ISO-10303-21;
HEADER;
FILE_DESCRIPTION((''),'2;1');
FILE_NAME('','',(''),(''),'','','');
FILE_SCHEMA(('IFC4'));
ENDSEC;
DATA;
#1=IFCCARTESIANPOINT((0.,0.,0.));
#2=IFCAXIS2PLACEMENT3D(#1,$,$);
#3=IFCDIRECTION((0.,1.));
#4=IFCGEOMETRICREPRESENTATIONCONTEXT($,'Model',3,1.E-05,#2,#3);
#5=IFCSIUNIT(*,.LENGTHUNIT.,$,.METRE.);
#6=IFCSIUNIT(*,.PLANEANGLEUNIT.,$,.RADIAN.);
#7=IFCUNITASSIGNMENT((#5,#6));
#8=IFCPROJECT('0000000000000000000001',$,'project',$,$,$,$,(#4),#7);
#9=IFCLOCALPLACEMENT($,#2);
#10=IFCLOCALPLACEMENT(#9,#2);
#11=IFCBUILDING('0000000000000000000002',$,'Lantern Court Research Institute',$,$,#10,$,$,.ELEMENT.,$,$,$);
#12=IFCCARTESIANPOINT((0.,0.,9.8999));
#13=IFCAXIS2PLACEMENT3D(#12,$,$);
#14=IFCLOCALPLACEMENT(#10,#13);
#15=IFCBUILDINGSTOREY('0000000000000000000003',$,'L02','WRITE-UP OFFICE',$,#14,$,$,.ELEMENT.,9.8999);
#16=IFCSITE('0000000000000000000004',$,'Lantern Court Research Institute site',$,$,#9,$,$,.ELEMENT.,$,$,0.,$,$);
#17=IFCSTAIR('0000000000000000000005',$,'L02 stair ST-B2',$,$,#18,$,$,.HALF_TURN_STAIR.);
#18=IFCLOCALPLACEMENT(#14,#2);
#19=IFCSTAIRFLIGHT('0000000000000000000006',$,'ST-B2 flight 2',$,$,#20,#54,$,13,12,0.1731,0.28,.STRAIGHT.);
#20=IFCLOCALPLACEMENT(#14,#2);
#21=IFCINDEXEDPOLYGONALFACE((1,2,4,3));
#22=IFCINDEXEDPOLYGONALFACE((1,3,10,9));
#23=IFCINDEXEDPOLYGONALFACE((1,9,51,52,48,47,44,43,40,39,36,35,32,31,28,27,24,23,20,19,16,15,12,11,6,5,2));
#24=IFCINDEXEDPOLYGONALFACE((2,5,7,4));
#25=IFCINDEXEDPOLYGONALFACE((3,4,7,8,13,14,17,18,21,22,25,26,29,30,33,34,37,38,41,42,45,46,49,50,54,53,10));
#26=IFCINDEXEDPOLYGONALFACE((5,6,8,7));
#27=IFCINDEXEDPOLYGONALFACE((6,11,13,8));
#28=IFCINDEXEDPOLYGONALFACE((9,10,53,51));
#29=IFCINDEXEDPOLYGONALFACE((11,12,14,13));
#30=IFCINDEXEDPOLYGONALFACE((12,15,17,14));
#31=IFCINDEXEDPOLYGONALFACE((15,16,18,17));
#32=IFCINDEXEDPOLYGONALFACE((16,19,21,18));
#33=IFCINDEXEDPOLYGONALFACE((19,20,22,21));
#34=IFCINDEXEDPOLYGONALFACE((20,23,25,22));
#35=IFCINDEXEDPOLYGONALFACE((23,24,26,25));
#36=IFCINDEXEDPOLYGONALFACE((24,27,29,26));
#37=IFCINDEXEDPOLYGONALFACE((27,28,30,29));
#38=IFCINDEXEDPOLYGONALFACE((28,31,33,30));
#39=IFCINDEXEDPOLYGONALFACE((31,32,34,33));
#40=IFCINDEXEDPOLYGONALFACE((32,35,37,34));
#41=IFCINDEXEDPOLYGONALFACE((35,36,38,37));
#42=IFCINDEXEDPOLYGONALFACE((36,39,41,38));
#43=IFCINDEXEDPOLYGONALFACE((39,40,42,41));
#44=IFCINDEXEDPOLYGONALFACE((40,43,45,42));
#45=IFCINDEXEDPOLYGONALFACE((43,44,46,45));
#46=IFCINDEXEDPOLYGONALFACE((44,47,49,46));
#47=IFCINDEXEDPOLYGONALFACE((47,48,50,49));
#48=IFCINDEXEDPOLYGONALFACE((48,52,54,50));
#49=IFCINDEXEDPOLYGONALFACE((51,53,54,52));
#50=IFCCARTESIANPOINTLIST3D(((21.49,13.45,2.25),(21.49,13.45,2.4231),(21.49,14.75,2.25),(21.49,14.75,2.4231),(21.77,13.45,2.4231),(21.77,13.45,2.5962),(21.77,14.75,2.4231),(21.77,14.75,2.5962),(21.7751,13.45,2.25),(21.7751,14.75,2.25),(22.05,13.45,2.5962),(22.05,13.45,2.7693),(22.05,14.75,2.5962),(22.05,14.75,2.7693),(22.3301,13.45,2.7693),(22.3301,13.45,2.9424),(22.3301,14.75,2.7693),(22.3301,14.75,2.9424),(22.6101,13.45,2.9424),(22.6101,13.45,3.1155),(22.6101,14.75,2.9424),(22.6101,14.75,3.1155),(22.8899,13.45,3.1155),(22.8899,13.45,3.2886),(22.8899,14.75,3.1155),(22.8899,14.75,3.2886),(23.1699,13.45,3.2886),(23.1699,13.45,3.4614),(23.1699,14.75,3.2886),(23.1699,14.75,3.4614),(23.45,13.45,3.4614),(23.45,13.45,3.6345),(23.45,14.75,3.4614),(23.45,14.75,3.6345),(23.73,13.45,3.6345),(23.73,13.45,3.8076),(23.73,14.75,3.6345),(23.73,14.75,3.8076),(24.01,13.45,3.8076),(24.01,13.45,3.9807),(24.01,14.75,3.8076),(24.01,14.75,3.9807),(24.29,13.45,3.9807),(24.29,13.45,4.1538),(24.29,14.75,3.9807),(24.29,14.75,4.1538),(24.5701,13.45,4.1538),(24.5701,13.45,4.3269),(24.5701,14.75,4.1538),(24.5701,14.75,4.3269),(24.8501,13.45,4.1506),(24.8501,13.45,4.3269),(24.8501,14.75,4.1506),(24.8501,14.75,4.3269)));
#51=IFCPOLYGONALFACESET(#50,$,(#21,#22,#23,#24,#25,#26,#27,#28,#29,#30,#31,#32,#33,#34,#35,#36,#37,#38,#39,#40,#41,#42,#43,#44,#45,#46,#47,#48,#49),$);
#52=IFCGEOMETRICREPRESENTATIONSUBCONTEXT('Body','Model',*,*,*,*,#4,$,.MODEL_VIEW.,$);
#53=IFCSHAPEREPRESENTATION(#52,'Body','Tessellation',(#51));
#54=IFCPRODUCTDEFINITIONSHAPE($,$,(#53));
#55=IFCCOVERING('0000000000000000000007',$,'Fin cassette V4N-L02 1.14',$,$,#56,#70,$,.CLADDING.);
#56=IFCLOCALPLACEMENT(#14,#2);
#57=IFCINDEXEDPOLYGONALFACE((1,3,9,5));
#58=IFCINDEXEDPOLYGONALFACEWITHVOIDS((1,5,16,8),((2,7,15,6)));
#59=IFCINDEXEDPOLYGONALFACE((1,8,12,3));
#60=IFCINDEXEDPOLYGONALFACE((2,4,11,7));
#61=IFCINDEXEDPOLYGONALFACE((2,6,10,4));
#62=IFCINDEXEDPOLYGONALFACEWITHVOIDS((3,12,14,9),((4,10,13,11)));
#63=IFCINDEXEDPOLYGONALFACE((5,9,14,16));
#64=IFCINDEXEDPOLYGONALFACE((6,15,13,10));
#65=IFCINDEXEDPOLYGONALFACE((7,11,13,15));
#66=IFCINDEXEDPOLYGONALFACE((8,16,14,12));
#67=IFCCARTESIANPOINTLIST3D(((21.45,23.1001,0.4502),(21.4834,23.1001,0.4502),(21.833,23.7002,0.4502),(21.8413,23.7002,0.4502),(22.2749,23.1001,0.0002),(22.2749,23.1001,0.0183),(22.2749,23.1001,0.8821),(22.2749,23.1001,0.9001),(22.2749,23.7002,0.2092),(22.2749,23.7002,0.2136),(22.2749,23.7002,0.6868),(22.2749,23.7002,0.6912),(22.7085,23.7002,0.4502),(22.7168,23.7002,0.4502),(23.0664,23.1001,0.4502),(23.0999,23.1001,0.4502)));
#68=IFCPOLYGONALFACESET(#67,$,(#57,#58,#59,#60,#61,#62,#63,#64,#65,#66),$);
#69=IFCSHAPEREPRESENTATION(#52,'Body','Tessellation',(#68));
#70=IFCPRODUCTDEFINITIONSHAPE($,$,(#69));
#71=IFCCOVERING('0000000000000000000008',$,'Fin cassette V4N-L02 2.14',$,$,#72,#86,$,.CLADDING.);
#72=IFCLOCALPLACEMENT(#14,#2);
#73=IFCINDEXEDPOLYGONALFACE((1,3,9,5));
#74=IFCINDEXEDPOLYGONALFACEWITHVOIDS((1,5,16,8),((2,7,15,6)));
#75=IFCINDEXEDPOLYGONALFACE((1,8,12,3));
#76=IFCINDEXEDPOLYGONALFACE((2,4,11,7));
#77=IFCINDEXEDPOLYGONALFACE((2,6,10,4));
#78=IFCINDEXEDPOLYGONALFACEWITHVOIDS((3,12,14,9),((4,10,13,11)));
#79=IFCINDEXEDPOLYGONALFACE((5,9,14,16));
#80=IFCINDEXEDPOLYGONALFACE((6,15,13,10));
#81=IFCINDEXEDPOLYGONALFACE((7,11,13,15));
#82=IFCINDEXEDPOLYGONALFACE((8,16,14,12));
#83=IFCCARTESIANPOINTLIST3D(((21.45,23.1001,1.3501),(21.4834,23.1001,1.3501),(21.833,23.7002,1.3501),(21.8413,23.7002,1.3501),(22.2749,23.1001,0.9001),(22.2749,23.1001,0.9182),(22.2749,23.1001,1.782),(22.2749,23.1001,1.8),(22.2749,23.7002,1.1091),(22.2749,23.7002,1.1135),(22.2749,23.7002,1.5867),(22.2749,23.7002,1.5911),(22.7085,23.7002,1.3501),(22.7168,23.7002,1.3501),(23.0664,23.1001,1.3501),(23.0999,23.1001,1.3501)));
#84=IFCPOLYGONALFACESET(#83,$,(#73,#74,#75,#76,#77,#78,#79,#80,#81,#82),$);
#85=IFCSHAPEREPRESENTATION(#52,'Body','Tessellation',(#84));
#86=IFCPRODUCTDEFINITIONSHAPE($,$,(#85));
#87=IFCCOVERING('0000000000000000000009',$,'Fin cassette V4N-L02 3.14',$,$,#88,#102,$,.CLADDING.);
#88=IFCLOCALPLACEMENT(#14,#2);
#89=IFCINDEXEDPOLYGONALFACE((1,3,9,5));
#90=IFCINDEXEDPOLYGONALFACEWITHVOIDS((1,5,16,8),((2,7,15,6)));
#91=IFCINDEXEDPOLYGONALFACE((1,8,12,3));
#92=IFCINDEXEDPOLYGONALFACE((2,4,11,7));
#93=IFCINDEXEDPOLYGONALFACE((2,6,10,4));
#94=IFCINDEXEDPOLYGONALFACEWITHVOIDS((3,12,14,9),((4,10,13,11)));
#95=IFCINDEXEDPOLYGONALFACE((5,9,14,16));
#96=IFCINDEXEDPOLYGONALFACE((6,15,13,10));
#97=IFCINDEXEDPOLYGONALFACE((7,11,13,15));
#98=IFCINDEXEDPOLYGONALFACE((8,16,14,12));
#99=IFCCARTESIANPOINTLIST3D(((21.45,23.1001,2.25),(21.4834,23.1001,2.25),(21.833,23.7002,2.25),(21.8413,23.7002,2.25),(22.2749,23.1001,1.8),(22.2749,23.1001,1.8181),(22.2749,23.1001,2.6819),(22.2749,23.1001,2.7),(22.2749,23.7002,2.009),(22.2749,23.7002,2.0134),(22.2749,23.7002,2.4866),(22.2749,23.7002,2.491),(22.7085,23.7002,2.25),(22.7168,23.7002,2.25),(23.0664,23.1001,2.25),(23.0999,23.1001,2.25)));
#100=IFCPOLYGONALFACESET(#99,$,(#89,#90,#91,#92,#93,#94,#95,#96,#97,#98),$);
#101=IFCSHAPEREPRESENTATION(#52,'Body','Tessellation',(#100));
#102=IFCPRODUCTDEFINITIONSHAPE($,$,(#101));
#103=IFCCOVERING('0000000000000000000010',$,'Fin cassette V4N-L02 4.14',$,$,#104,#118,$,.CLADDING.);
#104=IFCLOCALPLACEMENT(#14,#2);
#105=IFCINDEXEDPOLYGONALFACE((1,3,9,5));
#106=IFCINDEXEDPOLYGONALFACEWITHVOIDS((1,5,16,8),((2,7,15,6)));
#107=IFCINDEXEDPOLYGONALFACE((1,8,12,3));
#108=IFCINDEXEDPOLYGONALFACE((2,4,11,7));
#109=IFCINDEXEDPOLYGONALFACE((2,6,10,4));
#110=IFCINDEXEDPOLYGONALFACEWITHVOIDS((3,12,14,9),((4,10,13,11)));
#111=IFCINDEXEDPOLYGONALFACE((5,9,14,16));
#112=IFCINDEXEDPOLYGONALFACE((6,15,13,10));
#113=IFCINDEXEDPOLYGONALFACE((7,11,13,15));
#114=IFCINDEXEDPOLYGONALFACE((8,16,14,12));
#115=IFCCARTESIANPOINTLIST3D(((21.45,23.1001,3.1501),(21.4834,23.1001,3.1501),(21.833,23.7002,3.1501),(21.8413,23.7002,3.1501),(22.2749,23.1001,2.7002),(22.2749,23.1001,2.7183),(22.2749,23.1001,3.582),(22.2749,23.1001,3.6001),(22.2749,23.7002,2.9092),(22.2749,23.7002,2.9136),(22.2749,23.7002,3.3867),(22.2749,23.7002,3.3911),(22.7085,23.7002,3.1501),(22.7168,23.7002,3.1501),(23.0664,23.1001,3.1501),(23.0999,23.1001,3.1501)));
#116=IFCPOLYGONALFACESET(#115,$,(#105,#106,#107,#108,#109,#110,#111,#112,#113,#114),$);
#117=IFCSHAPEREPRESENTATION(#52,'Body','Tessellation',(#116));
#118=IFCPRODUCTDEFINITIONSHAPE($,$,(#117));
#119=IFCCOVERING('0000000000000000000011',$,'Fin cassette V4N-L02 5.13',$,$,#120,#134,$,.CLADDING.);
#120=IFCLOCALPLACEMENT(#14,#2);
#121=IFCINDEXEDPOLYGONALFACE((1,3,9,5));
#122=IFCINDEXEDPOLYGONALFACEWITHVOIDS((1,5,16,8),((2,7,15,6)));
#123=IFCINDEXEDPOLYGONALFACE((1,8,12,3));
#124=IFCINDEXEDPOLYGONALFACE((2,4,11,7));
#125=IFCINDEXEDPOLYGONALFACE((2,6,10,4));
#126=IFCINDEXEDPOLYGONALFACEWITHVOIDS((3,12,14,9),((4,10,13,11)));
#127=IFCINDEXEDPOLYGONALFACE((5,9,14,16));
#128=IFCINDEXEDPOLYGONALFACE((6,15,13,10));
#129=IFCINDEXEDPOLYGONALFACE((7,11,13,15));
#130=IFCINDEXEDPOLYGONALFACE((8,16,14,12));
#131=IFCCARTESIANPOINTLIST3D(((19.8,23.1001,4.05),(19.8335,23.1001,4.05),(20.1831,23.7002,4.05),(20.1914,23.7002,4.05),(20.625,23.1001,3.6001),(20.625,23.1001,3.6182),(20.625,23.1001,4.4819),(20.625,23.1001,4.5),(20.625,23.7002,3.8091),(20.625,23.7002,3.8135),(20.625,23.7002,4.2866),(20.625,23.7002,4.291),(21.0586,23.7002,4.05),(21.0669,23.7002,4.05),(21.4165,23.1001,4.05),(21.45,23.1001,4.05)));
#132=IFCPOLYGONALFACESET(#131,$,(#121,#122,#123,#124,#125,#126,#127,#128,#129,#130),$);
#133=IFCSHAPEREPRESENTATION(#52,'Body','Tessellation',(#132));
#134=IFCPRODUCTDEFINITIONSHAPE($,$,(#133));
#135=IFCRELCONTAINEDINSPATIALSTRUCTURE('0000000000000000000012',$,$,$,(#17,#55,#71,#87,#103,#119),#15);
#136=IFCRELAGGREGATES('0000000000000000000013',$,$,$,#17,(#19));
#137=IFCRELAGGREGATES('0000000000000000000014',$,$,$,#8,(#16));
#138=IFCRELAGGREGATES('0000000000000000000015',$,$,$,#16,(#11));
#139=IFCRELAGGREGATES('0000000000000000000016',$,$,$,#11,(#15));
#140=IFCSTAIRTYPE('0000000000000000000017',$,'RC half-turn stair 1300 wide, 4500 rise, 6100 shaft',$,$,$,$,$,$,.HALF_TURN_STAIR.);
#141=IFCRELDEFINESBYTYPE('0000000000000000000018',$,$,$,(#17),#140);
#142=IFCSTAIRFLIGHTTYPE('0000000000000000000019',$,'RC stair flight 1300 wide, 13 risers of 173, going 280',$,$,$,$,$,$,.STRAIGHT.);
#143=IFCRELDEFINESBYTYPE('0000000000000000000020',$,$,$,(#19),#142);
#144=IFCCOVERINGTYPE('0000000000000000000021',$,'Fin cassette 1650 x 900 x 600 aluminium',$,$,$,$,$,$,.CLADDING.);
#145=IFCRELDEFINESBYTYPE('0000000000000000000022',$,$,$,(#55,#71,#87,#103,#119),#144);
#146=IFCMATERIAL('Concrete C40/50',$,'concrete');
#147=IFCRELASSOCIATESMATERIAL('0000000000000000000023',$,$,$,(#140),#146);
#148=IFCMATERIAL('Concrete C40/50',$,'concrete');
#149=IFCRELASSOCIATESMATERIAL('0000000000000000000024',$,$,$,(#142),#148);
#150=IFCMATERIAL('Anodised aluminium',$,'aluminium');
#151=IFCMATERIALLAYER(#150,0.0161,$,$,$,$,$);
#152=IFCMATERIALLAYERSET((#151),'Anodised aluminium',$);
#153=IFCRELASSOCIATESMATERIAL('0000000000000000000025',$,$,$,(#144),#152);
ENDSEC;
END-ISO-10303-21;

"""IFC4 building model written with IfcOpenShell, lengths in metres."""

from ifc_helpers import new_model, entity, si_unit, direction, frame, origin, place, context, subcontext, project, spatial, polyline, outline, extrude, material, layer, layer_set, type_object, element, aggregate, save


model = new_model("IFC4")

# Units and contexts
model_context = context("Model", 3, precision=1e-05, world=origin(), true_north=direction((0.0, 1.0)))
body_context = subcontext(model_context, "Body", "Model", "MODEL_VIEW")
ifc_project = project(units=[si_unit("LENGTHUNIT", "METRE"), si_unit("PLANEANGLEUNIT", "RADIAN")], contexts=[model_context])

# Site, building, storey
site_placement = place(None, origin())
site = spatial("IfcSite", under=ifc_project, at=site_placement, Name="Lantern Court Research Institute site", CompositionType="ELEMENT", RefElevation=0.0)
building_placement = place(site_placement, origin())
building = spatial("IfcBuilding", under=site, at=building_placement, Name="Lantern Court Research Institute", CompositionType="ELEMENT")
storey_placement = place(building_placement, frame((0.0, 0.0, 9.8999)))
storey = spatial("IfcBuildingStorey", under=building, at=storey_placement, Name="L02", Description="WRITE-UP OFFICE", CompositionType="ELEMENT", Elevation=9.8999)

# Stair, stair flight
ifc_material_1 = material(Name="Concrete C40/50", Category="concrete")
stair_type = type_object("IfcStairType", Name="RC half-turn stair 1300 wide, 4500 rise, 6100 shaft", PredefinedType="HALF_TURN_STAIR", material=ifc_material_1)
stair_placement = place(storey_placement, origin())
stair = element("IfcStair", 1, at=stair_placement, inside=storey, type_object=stair_type, Name="L02 stair ST-B2", PredefinedType="HALF_TURN_STAIR")
ifc_material_2 = material(Name="Concrete C40/50", Category="concrete")
stair_flight_type = type_object("IfcStairFlightType", Name="RC stair flight 1300 wide, 13 risers of 173, going 280", PredefinedType="STRAIGHT", material=ifc_material_2)
stair_flight_1_placement = place(storey_placement, frame((21.49, 14.1001, 2.25), z_axis=(0.0, 0.0, 1.0), x_axis=(1.0, 0.0, 0.0)))
stair_flight_1 = element("IfcStairFlight", 2, at=stair_flight_1_placement, type_object=stair_flight_type, Name="ST-B2 flight 2", NumberOfRisers=13, NumberOfTreads=12, PredefinedType="STRAIGHT", RiserHeight=0.1731, TreadLength=0.28, context=body_context, shape_type="SweptSolid", body=[
    extrude(outline(polyline([(0.0, 0.0), (0.0, 0.1731), (0.28, 0.1731), (0.28, 0.3462), (0.5601, 0.3462), (0.5601, 0.5193), (0.8401, 0.5193), (0.8401, 0.6924), (1.1201, 0.6924), (1.1201, 0.8655), (1.3999, 0.8655), (1.3999, 1.0386), (1.6799, 1.0386), (1.6799, 1.2114), (1.96, 1.2114), (1.96, 1.3845), (2.24, 1.3845), (2.24, 1.5576), (2.52, 1.5576), (2.52, 1.7307), (2.8, 1.7307), (2.8, 1.9038), (3.0801, 1.9038), (3.0801, 2.0769), (3.3601, 2.0769), (3.3601, 2.25), (3.3601, 1.9006), (0.2852, 0.0), (0.0, 0.0)])), frame((0.0, 0.6499, 0.0), z_axis=(0.0, -1.0, 0.0), x_axis=(1.0, 0.0, 0.0)), (0.0, 0.0, 1.0), 1.3),
])
aggregate(stair, [stair_flight_1])

# Coverings
ifc_material_3 = material(Name="Anodised aluminium", Category="aluminium")
ifc_layer_1 = layer(ifc_material_3, 0.0161)
ifc_layer_set_1 = layer_set([ifc_layer_1], Name="Anodised aluminium")
covering_type = type_object("IfcCoveringType", Name="Fin cassette 1650 x 900 x 600 aluminium", PredefinedType="CLADDING", material=ifc_layer_set_1)
covering_1_placement = place(storey_placement, frame((22.2749, 23.1001, 0.4502), z_axis=(0.0, 1.0, 0.0), x_axis=(-1.0, 0.0, 0.0)))
cartesian_point_1 = entity("IfcCartesianPoint", [0.825, 0.0])
cartesian_point_2 = entity("IfcCartesianPoint", [0.7915, 0.0])
cartesian_point_3 = entity("IfcCartesianPoint", [0.4419, 0.0])
cartesian_point_4 = entity("IfcCartesianPoint", [0.4336, 0.0])
element("IfcCovering", 3, at=covering_1_placement, inside=storey, type_object=covering_type, Name="Fin cassette V4N-L02 1.14", PredefinedType="CLADDING", context=body_context, shape_type="SweptSolid", body=[
    entity("IfcExtrudedAreaSolidTapered", entity("IfcArbitraryProfileDefWithVoids", "AREA", None, entity("IfcPolyline", [cartesian_point_1, entity("IfcCartesianPoint", [0.0, 0.45]), entity("IfcCartesianPoint", [-0.825, 0.0]), entity("IfcCartesianPoint", [0.0, -0.45]), cartesian_point_1]), [entity("IfcPolyline", [cartesian_point_2, entity("IfcCartesianPoint", [0.0, 0.4319]), entity("IfcCartesianPoint", [-0.7915, 0.0]), entity("IfcCartesianPoint", [0.0, -0.4319]), cartesian_point_2])]), entity("IfcAxis2Placement3D", entity("IfcCartesianPoint", [0.0, 0.0, 0.0])), entity("IfcDirection", [0.0, 0.0, 1.0]), 0.6001, entity("IfcArbitraryProfileDefWithVoids", "AREA", None, entity("IfcPolyline", [cartesian_point_3, entity("IfcCartesianPoint", [0.0, 0.241]), entity("IfcCartesianPoint", [-0.4419, 0.0]), entity("IfcCartesianPoint", [0.0, -0.241]), cartesian_point_3]), [entity("IfcPolyline", [cartesian_point_4, entity("IfcCartesianPoint", [0.0, 0.2366]), entity("IfcCartesianPoint", [-0.4336, 0.0]), entity("IfcCartesianPoint", [0.0, -0.2366]), cartesian_point_4])])),
])
covering_2_placement = place(storey_placement, frame((22.2749, 23.1001, 1.3501), z_axis=(0.0, 1.0, 0.0), x_axis=(-1.0, 0.0, 0.0)))
cartesian_point_5 = entity("IfcCartesianPoint", [0.825, 0.0])
cartesian_point_6 = entity("IfcCartesianPoint", [0.7915, 0.0])
cartesian_point_7 = entity("IfcCartesianPoint", [0.4419, 0.0])
cartesian_point_8 = entity("IfcCartesianPoint", [0.4336, 0.0])
element("IfcCovering", 4, at=covering_2_placement, inside=storey, type_object=covering_type, Name="Fin cassette V4N-L02 2.14", PredefinedType="CLADDING", context=body_context, shape_type="SweptSolid", body=[
    entity("IfcExtrudedAreaSolidTapered", entity("IfcArbitraryProfileDefWithVoids", "AREA", None, entity("IfcPolyline", [cartesian_point_5, entity("IfcCartesianPoint", [0.0, 0.45]), entity("IfcCartesianPoint", [-0.825, 0.0]), entity("IfcCartesianPoint", [0.0, -0.45]), cartesian_point_5]), [entity("IfcPolyline", [cartesian_point_6, entity("IfcCartesianPoint", [0.0, 0.4319]), entity("IfcCartesianPoint", [-0.7915, 0.0]), entity("IfcCartesianPoint", [0.0, -0.4319]), cartesian_point_6])]), entity("IfcAxis2Placement3D", entity("IfcCartesianPoint", [0.0, 0.0, 0.0])), entity("IfcDirection", [0.0, 0.0, 1.0]), 0.6001, entity("IfcArbitraryProfileDefWithVoids", "AREA", None, entity("IfcPolyline", [cartesian_point_7, entity("IfcCartesianPoint", [0.0, 0.241]), entity("IfcCartesianPoint", [-0.4419, 0.0]), entity("IfcCartesianPoint", [0.0, -0.241]), cartesian_point_7]), [entity("IfcPolyline", [cartesian_point_8, entity("IfcCartesianPoint", [0.0, 0.2366]), entity("IfcCartesianPoint", [-0.4336, 0.0]), entity("IfcCartesianPoint", [0.0, -0.2366]), cartesian_point_8])])),
])
covering_3_placement = place(storey_placement, frame((22.2749, 23.1001, 2.25), z_axis=(0.0, 1.0, 0.0), x_axis=(-1.0, 0.0, 0.0)))
cartesian_point_9 = entity("IfcCartesianPoint", [0.825, 0.0])
cartesian_point_10 = entity("IfcCartesianPoint", [0.7915, 0.0])
cartesian_point_11 = entity("IfcCartesianPoint", [0.4419, 0.0])
cartesian_point_12 = entity("IfcCartesianPoint", [0.4336, 0.0])
element("IfcCovering", 5, at=covering_3_placement, inside=storey, type_object=covering_type, Name="Fin cassette V4N-L02 3.14", PredefinedType="CLADDING", context=body_context, shape_type="SweptSolid", body=[
    entity("IfcExtrudedAreaSolidTapered", entity("IfcArbitraryProfileDefWithVoids", "AREA", None, entity("IfcPolyline", [cartesian_point_9, entity("IfcCartesianPoint", [0.0, 0.45]), entity("IfcCartesianPoint", [-0.825, 0.0]), entity("IfcCartesianPoint", [0.0, -0.45]), cartesian_point_9]), [entity("IfcPolyline", [cartesian_point_10, entity("IfcCartesianPoint", [0.0, 0.4319]), entity("IfcCartesianPoint", [-0.7915, 0.0]), entity("IfcCartesianPoint", [0.0, -0.4319]), cartesian_point_10])]), entity("IfcAxis2Placement3D", entity("IfcCartesianPoint", [0.0, 0.0, 0.0])), entity("IfcDirection", [0.0, 0.0, 1.0]), 0.6001, entity("IfcArbitraryProfileDefWithVoids", "AREA", None, entity("IfcPolyline", [cartesian_point_11, entity("IfcCartesianPoint", [0.0, 0.241]), entity("IfcCartesianPoint", [-0.4419, 0.0]), entity("IfcCartesianPoint", [0.0, -0.241]), cartesian_point_11]), [entity("IfcPolyline", [cartesian_point_12, entity("IfcCartesianPoint", [0.0, 0.2366]), entity("IfcCartesianPoint", [-0.4336, 0.0]), entity("IfcCartesianPoint", [0.0, -0.2366]), cartesian_point_12])])),
])
covering_4_placement = place(storey_placement, frame((22.2749, 23.1001, 3.1501), z_axis=(0.0, 1.0, 0.0), x_axis=(-1.0, 0.0, 0.0)))
cartesian_point_13 = entity("IfcCartesianPoint", [0.825, 0.0])
cartesian_point_14 = entity("IfcCartesianPoint", [0.7915, 0.0])
cartesian_point_15 = entity("IfcCartesianPoint", [0.4419, 0.0])
cartesian_point_16 = entity("IfcCartesianPoint", [0.4336, 0.0])
element("IfcCovering", 6, at=covering_4_placement, inside=storey, type_object=covering_type, Name="Fin cassette V4N-L02 4.14", PredefinedType="CLADDING", context=body_context, shape_type="SweptSolid", body=[
    entity("IfcExtrudedAreaSolidTapered", entity("IfcArbitraryProfileDefWithVoids", "AREA", None, entity("IfcPolyline", [cartesian_point_13, entity("IfcCartesianPoint", [0.0, 0.45]), entity("IfcCartesianPoint", [-0.825, 0.0]), entity("IfcCartesianPoint", [0.0, -0.45]), cartesian_point_13]), [entity("IfcPolyline", [cartesian_point_14, entity("IfcCartesianPoint", [0.0, 0.4319]), entity("IfcCartesianPoint", [-0.7915, 0.0]), entity("IfcCartesianPoint", [0.0, -0.4319]), cartesian_point_14])]), entity("IfcAxis2Placement3D", entity("IfcCartesianPoint", [0.0, 0.0, 0.0])), entity("IfcDirection", [0.0, 0.0, 1.0]), 0.6001, entity("IfcArbitraryProfileDefWithVoids", "AREA", None, entity("IfcPolyline", [cartesian_point_15, entity("IfcCartesianPoint", [0.0, 0.241]), entity("IfcCartesianPoint", [-0.4419, 0.0]), entity("IfcCartesianPoint", [0.0, -0.241]), cartesian_point_15]), [entity("IfcPolyline", [cartesian_point_16, entity("IfcCartesianPoint", [0.0, 0.2366]), entity("IfcCartesianPoint", [-0.4336, 0.0]), entity("IfcCartesianPoint", [0.0, -0.2366]), cartesian_point_16])])),
])
covering_5_placement = place(storey_placement, frame((20.625, 23.1001, 4.05), z_axis=(0.0, 1.0, 0.0), x_axis=(-1.0, 0.0, 0.0)))
cartesian_point_17 = entity("IfcCartesianPoint", [0.825, 0.0])
cartesian_point_18 = entity("IfcCartesianPoint", [0.7915, 0.0])
cartesian_point_19 = entity("IfcCartesianPoint", [0.4419, 0.0])
cartesian_point_20 = entity("IfcCartesianPoint", [0.4336, 0.0])
element("IfcCovering", 7, at=covering_5_placement, inside=storey, type_object=covering_type, Name="Fin cassette V4N-L02 5.13", PredefinedType="CLADDING", context=body_context, shape_type="SweptSolid", body=[
    entity("IfcExtrudedAreaSolidTapered", entity("IfcArbitraryProfileDefWithVoids", "AREA", None, entity("IfcPolyline", [cartesian_point_17, entity("IfcCartesianPoint", [0.0, 0.45]), entity("IfcCartesianPoint", [-0.825, 0.0]), entity("IfcCartesianPoint", [0.0, -0.45]), cartesian_point_17]), [entity("IfcPolyline", [cartesian_point_18, entity("IfcCartesianPoint", [0.0, 0.4319]), entity("IfcCartesianPoint", [-0.7915, 0.0]), entity("IfcCartesianPoint", [0.0, -0.4319]), cartesian_point_18])]), entity("IfcAxis2Placement3D", entity("IfcCartesianPoint", [0.0, 0.0, 0.0])), entity("IfcDirection", [0.0, 0.0, 1.0]), 0.6001, entity("IfcArbitraryProfileDefWithVoids", "AREA", None, entity("IfcPolyline", [cartesian_point_19, entity("IfcCartesianPoint", [0.0, 0.241]), entity("IfcCartesianPoint", [-0.4419, 0.0]), entity("IfcCartesianPoint", [0.0, -0.241]), cartesian_point_19]), [entity("IfcPolyline", [cartesian_point_20, entity("IfcCartesianPoint", [0.0, 0.2366]), entity("IfcCartesianPoint", [-0.4336, 0.0]), entity("IfcCartesianPoint", [0.0, -0.2366]), cartesian_point_20])])),
])

save(model, "model.ifc")
